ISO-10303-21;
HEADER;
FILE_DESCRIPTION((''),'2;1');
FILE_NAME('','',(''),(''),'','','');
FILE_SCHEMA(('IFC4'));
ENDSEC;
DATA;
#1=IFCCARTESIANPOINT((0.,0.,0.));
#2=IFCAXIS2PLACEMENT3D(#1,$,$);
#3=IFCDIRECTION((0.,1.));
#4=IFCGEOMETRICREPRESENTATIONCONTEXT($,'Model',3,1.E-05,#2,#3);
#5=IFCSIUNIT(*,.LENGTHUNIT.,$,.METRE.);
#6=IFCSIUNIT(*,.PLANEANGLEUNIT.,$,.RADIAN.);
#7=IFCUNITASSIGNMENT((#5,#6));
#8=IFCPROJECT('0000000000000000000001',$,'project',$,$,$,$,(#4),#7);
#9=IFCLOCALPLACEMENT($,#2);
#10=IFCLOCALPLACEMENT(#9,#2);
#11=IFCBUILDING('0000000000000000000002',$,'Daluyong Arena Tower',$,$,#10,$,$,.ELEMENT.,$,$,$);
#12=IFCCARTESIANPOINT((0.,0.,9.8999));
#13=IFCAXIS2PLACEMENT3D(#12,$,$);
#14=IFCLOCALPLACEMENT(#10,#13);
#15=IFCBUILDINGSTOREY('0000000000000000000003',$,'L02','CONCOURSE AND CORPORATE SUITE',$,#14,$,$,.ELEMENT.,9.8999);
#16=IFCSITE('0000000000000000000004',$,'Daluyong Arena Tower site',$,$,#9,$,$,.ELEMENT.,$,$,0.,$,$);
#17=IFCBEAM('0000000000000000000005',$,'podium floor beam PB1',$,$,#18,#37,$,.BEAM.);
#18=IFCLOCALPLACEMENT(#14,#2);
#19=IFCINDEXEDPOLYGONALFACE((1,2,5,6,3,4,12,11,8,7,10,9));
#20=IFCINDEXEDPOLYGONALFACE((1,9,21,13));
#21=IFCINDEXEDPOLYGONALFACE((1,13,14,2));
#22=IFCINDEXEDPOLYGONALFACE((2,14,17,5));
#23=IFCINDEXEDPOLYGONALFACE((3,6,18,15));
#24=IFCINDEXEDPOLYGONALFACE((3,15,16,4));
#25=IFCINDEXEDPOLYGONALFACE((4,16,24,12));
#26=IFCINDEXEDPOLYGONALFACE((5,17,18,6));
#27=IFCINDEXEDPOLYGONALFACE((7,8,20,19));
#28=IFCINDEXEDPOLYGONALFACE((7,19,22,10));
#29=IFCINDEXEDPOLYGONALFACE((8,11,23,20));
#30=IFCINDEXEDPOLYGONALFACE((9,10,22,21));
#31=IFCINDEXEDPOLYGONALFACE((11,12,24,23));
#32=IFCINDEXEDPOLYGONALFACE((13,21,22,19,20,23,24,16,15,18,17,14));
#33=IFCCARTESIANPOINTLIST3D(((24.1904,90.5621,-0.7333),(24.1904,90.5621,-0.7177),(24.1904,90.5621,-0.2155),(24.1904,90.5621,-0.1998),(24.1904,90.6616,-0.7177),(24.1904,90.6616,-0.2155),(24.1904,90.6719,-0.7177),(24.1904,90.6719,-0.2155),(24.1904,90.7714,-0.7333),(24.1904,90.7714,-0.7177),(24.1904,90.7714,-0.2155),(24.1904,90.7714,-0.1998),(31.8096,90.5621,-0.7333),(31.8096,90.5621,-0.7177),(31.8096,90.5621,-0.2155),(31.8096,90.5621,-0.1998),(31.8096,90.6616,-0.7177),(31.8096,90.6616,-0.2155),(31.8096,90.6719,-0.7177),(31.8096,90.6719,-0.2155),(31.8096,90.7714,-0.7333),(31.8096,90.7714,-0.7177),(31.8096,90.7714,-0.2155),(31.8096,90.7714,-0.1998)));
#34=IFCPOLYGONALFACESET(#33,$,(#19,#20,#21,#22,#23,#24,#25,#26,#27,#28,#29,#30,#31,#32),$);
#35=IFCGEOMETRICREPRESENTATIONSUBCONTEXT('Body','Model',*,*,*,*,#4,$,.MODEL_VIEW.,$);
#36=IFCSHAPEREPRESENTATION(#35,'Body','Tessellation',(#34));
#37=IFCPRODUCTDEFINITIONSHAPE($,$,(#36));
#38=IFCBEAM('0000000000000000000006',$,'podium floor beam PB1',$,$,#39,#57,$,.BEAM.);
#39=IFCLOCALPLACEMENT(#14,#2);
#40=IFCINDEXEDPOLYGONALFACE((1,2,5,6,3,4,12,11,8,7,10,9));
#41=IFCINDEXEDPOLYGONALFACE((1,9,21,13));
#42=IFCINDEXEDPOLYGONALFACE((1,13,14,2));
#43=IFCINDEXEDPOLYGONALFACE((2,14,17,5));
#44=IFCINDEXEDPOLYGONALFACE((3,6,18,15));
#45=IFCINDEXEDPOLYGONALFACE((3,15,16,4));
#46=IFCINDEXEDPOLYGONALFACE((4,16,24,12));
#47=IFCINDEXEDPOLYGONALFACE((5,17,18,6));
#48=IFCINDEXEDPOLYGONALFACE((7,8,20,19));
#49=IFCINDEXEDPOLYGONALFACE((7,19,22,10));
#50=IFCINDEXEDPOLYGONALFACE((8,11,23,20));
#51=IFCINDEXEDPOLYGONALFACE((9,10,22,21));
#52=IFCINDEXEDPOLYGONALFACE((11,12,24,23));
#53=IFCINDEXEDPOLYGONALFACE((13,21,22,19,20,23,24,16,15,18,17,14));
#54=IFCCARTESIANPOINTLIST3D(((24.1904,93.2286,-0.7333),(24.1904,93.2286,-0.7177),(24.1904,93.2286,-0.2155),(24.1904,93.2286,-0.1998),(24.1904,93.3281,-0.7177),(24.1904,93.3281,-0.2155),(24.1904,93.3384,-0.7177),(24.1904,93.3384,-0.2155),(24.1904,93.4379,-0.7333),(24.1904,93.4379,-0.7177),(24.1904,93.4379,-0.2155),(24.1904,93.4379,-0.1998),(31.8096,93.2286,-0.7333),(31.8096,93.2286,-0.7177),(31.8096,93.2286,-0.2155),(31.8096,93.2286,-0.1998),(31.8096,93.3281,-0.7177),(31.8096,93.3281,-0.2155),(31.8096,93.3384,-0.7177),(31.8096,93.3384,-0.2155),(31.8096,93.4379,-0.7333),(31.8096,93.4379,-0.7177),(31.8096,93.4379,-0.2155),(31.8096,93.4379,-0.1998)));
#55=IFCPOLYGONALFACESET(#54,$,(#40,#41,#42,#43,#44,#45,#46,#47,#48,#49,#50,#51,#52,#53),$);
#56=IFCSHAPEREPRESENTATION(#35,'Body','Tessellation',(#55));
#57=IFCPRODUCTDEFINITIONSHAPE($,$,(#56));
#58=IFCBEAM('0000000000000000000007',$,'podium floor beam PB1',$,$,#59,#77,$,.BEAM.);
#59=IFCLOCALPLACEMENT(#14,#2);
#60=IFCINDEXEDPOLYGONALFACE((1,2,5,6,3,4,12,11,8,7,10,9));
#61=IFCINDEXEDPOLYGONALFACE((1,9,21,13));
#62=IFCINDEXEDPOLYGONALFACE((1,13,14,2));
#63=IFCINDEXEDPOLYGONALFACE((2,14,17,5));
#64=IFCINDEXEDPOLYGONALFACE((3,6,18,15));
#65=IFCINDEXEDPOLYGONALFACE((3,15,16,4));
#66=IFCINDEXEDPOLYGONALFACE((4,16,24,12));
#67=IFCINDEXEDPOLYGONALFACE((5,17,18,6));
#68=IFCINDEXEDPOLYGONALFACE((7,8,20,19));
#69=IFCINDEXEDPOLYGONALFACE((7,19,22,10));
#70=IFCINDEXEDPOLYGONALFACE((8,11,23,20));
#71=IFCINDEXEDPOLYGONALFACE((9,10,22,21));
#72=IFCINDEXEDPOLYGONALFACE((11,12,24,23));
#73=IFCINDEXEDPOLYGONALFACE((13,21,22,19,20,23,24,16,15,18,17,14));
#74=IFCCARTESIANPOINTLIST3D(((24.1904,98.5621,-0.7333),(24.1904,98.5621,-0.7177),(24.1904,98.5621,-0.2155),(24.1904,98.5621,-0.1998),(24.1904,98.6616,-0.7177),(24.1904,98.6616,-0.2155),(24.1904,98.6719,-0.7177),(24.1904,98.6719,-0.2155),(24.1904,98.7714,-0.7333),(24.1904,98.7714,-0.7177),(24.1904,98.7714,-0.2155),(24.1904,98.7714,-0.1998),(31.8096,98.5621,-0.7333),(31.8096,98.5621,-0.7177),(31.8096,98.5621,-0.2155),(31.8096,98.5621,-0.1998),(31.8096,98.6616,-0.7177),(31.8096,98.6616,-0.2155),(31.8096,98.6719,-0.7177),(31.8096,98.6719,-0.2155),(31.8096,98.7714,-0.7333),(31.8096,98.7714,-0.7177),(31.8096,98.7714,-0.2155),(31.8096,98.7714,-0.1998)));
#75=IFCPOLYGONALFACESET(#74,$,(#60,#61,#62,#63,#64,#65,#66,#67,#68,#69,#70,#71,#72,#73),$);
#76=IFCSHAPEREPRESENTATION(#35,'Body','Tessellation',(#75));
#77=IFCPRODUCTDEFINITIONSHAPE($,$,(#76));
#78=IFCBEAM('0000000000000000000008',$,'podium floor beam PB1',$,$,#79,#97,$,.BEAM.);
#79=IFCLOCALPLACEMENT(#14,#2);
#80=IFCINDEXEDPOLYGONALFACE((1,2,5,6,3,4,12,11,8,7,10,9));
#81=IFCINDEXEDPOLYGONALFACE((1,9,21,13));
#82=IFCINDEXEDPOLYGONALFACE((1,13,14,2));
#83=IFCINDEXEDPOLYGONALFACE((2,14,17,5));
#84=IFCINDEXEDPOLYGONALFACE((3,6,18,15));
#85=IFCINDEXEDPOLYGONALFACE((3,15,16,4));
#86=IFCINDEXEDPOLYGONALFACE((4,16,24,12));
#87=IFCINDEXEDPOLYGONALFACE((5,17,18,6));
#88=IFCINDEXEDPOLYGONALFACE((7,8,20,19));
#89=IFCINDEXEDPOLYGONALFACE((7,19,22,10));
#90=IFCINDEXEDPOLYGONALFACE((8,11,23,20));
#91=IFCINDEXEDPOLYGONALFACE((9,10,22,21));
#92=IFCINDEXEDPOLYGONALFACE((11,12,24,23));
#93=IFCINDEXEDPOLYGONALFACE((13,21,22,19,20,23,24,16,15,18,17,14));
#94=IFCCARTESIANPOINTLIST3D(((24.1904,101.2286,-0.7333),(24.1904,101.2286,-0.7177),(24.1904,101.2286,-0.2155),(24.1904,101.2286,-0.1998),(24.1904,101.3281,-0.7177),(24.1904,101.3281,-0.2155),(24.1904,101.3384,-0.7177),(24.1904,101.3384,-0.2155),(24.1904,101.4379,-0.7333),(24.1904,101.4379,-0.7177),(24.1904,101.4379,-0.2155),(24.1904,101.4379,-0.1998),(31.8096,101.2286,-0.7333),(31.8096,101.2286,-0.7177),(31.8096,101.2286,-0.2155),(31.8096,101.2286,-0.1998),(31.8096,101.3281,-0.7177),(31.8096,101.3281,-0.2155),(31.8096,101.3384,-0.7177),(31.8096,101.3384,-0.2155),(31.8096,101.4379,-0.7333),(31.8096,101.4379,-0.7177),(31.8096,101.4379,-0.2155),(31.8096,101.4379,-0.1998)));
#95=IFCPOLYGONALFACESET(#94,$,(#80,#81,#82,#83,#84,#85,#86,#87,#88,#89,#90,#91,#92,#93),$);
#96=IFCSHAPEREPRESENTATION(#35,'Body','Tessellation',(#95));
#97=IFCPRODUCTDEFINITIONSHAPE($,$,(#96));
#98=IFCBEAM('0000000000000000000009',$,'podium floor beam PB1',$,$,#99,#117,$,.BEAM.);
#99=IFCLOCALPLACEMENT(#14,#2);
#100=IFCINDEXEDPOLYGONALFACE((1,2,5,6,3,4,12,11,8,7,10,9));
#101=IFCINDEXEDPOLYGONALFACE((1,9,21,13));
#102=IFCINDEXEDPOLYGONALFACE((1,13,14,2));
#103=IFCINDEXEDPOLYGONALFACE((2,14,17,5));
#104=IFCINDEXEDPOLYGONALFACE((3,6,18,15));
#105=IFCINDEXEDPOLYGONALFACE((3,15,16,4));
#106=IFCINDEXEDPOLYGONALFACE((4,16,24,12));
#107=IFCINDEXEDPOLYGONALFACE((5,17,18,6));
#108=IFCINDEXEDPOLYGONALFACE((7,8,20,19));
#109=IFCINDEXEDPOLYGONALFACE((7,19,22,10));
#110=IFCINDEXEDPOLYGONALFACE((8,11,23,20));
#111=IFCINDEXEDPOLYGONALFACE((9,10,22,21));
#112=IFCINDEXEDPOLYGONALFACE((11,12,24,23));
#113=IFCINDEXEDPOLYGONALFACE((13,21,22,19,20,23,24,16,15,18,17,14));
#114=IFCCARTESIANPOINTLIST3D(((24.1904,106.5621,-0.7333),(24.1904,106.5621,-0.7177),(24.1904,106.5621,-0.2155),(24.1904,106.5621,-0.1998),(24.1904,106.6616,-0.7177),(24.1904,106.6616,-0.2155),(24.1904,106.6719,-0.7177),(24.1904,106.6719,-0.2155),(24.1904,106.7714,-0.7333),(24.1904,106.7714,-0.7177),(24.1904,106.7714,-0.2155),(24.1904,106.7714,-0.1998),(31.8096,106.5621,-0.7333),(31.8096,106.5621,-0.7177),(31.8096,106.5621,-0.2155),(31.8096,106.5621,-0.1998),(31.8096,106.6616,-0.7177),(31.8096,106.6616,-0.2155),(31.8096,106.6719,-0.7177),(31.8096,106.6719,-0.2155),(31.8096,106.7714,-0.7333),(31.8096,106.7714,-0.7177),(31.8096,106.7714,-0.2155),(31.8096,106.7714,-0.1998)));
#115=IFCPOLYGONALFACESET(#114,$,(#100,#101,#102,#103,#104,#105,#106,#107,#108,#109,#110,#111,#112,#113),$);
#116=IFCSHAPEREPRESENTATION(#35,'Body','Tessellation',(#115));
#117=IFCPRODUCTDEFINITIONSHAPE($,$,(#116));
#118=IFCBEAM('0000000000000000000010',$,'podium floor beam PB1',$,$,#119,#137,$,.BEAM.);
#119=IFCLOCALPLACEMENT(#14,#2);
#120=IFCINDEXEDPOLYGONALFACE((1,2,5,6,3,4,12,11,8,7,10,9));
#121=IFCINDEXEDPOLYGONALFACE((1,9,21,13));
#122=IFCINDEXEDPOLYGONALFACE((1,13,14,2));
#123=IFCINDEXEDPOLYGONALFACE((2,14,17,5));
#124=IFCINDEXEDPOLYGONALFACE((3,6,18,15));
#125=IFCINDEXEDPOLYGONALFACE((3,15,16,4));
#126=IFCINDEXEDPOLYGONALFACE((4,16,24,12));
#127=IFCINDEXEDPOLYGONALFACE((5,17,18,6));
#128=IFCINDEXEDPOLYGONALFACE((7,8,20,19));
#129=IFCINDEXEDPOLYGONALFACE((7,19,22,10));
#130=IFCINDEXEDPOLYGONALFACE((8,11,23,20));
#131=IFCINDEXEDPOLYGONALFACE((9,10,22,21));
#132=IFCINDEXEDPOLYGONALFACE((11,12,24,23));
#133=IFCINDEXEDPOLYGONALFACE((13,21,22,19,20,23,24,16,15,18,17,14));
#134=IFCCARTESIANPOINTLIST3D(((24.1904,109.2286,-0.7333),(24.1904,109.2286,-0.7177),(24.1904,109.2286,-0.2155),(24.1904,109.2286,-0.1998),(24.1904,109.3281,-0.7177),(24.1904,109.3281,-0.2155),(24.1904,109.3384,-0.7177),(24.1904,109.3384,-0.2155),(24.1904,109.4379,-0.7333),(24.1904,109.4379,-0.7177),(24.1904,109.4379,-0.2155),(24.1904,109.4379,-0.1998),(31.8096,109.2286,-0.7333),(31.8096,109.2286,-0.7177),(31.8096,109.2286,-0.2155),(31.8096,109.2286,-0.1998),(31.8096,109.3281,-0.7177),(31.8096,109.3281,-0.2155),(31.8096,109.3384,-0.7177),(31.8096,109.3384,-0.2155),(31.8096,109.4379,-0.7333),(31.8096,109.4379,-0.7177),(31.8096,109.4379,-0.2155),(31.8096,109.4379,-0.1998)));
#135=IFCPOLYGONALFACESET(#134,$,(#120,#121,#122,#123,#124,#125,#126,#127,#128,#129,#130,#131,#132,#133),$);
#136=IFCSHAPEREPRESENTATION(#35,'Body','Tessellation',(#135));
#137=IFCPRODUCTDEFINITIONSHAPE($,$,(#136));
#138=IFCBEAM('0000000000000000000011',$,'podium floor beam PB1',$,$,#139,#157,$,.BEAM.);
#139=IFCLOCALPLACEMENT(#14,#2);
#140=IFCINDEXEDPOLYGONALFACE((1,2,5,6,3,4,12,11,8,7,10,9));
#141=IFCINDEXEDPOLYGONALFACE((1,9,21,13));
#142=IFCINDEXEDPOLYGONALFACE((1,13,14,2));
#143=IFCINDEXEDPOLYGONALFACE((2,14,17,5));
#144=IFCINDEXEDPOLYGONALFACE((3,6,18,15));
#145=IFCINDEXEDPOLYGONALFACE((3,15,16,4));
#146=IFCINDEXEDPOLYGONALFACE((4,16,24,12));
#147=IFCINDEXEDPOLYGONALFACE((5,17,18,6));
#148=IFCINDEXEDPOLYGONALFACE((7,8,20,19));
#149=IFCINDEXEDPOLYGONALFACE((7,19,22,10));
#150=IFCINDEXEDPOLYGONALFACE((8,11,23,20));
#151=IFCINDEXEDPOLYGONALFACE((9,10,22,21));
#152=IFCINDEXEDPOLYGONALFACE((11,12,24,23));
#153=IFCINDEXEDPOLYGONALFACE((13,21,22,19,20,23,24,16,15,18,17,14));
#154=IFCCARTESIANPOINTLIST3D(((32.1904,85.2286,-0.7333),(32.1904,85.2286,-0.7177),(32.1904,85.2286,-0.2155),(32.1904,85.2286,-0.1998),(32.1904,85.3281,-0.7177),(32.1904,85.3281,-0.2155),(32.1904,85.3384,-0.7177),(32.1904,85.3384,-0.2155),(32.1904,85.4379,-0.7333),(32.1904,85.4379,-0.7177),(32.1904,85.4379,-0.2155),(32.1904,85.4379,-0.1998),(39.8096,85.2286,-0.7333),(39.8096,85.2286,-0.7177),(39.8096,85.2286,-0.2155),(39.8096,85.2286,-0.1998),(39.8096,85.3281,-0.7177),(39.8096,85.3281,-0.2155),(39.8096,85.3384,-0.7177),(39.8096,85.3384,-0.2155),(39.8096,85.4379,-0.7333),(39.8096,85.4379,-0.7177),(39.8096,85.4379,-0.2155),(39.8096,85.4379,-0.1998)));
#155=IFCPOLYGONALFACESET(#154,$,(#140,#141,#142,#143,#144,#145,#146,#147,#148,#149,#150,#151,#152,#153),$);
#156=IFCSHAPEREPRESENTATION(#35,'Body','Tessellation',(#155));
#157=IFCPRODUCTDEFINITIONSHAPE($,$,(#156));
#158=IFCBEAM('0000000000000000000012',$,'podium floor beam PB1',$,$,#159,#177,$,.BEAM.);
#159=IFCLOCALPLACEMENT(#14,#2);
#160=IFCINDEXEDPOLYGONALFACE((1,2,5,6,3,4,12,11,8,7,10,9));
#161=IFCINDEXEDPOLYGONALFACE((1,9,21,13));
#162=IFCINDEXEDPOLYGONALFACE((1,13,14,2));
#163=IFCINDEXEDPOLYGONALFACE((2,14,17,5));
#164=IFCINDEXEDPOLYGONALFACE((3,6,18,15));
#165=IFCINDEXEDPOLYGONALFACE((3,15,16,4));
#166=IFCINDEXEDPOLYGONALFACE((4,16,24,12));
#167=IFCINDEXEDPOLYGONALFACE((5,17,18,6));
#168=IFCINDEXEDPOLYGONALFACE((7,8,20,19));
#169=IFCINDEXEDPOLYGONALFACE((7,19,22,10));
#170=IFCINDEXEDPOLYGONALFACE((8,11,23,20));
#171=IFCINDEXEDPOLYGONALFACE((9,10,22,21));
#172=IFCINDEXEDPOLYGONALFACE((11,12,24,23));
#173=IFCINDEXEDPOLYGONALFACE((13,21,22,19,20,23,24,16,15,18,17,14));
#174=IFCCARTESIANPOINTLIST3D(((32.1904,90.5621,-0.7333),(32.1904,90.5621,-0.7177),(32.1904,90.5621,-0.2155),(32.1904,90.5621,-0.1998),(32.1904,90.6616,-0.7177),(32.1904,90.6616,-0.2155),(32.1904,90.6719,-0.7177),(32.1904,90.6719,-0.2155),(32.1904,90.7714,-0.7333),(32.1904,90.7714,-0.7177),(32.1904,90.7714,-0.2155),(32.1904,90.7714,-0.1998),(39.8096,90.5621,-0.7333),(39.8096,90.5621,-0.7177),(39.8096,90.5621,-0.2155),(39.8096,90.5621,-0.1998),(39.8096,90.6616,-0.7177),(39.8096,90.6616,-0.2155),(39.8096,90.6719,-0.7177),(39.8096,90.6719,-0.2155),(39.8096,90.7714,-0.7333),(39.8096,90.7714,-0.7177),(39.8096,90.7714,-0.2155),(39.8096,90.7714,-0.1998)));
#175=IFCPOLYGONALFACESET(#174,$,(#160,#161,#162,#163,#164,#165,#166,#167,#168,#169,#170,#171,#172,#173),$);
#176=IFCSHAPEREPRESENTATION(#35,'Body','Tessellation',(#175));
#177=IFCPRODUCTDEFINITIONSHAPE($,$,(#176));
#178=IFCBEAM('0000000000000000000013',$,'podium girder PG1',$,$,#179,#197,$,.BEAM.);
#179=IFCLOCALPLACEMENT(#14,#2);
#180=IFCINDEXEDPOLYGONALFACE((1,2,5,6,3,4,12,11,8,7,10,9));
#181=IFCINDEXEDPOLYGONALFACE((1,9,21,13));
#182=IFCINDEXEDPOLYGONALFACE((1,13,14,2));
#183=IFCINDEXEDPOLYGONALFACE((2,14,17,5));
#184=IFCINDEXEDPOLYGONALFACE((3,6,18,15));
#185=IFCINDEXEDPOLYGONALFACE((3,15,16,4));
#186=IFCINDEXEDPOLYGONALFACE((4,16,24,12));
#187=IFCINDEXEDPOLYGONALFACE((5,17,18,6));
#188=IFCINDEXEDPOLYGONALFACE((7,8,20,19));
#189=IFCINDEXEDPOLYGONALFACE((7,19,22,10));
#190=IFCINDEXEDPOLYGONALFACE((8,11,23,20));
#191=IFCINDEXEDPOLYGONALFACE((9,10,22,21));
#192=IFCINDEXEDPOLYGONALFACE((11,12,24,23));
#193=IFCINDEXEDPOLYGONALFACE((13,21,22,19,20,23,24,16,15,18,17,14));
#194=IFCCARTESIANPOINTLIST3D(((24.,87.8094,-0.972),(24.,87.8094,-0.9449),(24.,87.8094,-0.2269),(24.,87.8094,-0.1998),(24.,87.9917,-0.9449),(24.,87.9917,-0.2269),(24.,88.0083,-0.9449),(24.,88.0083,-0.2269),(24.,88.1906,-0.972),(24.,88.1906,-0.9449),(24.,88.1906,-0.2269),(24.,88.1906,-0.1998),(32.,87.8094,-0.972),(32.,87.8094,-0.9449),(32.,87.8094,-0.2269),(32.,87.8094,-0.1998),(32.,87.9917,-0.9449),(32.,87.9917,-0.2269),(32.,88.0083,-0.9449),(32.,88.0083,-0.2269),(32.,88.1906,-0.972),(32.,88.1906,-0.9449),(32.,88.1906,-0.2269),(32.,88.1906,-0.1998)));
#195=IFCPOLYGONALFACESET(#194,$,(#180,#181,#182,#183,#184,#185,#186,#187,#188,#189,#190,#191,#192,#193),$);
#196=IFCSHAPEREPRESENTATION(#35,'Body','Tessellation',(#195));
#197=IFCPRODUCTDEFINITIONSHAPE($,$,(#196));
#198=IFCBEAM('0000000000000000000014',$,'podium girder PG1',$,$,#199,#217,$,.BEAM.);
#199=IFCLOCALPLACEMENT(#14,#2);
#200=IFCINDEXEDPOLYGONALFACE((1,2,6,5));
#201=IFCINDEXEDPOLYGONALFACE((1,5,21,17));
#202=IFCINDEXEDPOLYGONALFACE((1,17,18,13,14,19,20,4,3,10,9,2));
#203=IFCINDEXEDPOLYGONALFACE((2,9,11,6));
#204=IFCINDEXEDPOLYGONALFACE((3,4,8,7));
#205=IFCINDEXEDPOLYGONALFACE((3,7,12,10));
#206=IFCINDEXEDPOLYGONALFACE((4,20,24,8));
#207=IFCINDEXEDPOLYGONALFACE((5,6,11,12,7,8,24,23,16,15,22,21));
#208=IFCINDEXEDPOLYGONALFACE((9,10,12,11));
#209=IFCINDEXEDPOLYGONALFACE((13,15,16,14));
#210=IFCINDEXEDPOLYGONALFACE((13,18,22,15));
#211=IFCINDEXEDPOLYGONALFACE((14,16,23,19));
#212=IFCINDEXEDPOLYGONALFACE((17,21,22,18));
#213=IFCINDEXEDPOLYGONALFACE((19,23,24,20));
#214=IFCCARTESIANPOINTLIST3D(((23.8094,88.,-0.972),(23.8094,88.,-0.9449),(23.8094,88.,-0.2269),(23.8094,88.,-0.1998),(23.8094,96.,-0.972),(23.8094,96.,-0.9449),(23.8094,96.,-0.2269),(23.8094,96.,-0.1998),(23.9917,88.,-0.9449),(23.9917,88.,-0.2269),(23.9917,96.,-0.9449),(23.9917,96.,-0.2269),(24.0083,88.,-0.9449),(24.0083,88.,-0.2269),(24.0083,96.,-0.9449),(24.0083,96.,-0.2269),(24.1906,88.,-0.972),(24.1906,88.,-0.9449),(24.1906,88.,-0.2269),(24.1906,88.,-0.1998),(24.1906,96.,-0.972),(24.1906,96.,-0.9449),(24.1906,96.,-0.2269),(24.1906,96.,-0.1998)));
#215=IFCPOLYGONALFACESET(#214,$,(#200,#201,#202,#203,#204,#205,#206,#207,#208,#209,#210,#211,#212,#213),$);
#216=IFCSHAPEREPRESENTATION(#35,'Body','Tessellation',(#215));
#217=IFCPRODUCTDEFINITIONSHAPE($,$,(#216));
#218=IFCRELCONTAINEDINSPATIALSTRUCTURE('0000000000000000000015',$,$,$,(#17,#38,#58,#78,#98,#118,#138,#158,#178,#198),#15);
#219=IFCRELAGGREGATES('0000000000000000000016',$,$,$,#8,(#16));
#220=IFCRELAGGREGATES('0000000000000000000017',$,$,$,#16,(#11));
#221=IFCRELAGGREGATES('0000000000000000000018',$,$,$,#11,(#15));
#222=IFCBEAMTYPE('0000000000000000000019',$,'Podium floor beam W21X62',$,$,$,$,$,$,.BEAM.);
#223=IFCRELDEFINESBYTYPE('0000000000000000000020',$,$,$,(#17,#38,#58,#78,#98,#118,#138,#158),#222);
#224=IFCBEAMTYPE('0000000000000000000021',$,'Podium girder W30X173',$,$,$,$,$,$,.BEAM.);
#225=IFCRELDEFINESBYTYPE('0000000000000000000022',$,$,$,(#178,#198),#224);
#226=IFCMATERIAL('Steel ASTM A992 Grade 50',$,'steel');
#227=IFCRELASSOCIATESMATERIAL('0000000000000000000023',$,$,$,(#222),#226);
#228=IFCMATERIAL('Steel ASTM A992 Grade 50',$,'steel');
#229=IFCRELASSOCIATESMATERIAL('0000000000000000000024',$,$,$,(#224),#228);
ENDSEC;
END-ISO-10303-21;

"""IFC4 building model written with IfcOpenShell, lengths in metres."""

from ifc_helpers import new_model, si_unit, direction, frame, origin, origin_2d, place, context, subcontext, project, spatial, i_section, extrude, material, material_profile, profile_set, type_object, element, save


model = new_model("IFC4")

# Units and contexts
model_context = context("Model", 3, precision=1e-05, world=origin(), true_north=direction((0.0, 1.0)))
body_context = subcontext(model_context, "Body", "Model", "MODEL_VIEW")
ifc_project = project(units=[si_unit("LENGTHUNIT", "METRE"), si_unit("PLANEANGLEUNIT", "RADIAN")], contexts=[model_context])

# Site, building, storey
site_placement = place(None, origin())
site = spatial("IfcSite", under=ifc_project, at=site_placement, Name="Daluyong Arena Tower site", CompositionType="ELEMENT", RefElevation=0.0)
building_placement = place(site_placement, origin())
building = spatial("IfcBuilding", under=site, at=building_placement, Name="Daluyong Arena Tower", CompositionType="ELEMENT")
storey_placement = place(building_placement, frame((0.0, 0.0, 9.8999)))
storey = spatial("IfcBuildingStorey", under=building, at=storey_placement, Name="L02", Description="CONCOURSE AND CORPORATE SUITE", CompositionType="ELEMENT", Elevation=9.8999)

# Beams
ifc_material_1 = material(Name="Steel ASTM A992 Grade 50", Category="steel")
ifc_material_profile_1 = material_profile(ifc_material_1, i_section(OverallWidth=0.2092, OverallDepth=0.5334, WebThickness=0.0103, FlangeThickness=0.0156, at=origin_2d()))
ifc_profile_set_1 = profile_set([ifc_material_profile_1], Name="Steel ASTM A992 Grade 50")
beam_type_1 = type_object("IfcBeamType", Name="Podium floor beam W21X62", PredefinedType="BEAM", material=ifc_profile_set_1)
for number, where, z_axis, x_axis, name in (
    (1, (24.1904, 90.6667, -0.4666), (1.0, 0.0, 0.0), (0.0, 1.0, 0.0), "podium floor beam PB1"),
    (2, (24.1904, 93.3333, -0.4666), (1.0, 0.0, 0.0), (0.0, 1.0, 0.0), "podium floor beam PB1"),
    (3, (24.1904, 98.6667, -0.4666), (1.0, 0.0, 0.0), (0.0, 1.0, 0.0), "podium floor beam PB1"),
    (4, (24.1904, 101.3333, -0.4666), (1.0, 0.0, 0.0), (0.0, 1.0, 0.0), "podium floor beam PB1"),
    (5, (24.1904, 106.6667, -0.4666), (1.0, 0.0, 0.0), (0.0, 1.0, 0.0), "podium floor beam PB1"),
    (6, (24.1904, 109.3333, -0.4666), (1.0, 0.0, 0.0), (0.0, 1.0, 0.0), "podium floor beam PB1"),
    (7, (32.1904, 85.3333, -0.4666), (1.0, 0.0, 0.0), (0.0, 1.0, 0.0), "podium floor beam PB1"),
    (8, (32.1904, 90.6667, -0.4666), (1.0, 0.0, 0.0), (0.0, 1.0, 0.0), "podium floor beam PB1"),
):
    element("IfcBeam", number, at=place(storey_placement, frame(where, z_axis=z_axis, x_axis=x_axis)), inside=storey, type_object=beam_type_1, Name=name, PredefinedType="BEAM", context=body_context, shape_type="SweptSolid", body=[
        extrude(i_section(OverallWidth=0.2092, OverallDepth=0.5334, WebThickness=0.0103, FlangeThickness=0.0156, at=origin_2d()), origin(), (0.0, 0.0, 1.0), 7.6191),
    ])
ifc_material_2 = material(Name="Steel ASTM A992 Grade 50", Category="steel")
ifc_material_profile_2 = material_profile(ifc_material_2, i_section(OverallWidth=0.3811, OverallDepth=0.7722, WebThickness=0.0166, FlangeThickness=0.0271, at=origin_2d()))
ifc_profile_set_2 = profile_set([ifc_material_profile_2], Name="Steel ASTM A992 Grade 50")
beam_type_2 = type_object("IfcBeamType", Name="Podium girder W30X173", PredefinedType="BEAM", material=ifc_profile_set_2)
for number, where, z_axis, x_axis, name in (
    (9, (24.0, 88.0, -0.5859), (1.0, 0.0, 0.0), (0.0, 1.0, 0.0), "podium girder PG1"),
    (10, (24.0, 88.0, -0.5859), (0.0, 1.0, 0.0), (-1.0, 0.0, 0.0), "podium girder PG1"),
):
    element("IfcBeam", number, at=place(storey_placement, frame(where, z_axis=z_axis, x_axis=x_axis)), inside=storey, type_object=beam_type_2, Name=name, PredefinedType="BEAM", context=body_context, shape_type="SweptSolid", body=[
        extrude(i_section(OverallWidth=0.3811, OverallDepth=0.7722, WebThickness=0.0166, FlangeThickness=0.0271, at=origin_2d()), origin(), (0.0, 0.0, 1.0), 8.0),
    ])

save(model, "model.ifc")
